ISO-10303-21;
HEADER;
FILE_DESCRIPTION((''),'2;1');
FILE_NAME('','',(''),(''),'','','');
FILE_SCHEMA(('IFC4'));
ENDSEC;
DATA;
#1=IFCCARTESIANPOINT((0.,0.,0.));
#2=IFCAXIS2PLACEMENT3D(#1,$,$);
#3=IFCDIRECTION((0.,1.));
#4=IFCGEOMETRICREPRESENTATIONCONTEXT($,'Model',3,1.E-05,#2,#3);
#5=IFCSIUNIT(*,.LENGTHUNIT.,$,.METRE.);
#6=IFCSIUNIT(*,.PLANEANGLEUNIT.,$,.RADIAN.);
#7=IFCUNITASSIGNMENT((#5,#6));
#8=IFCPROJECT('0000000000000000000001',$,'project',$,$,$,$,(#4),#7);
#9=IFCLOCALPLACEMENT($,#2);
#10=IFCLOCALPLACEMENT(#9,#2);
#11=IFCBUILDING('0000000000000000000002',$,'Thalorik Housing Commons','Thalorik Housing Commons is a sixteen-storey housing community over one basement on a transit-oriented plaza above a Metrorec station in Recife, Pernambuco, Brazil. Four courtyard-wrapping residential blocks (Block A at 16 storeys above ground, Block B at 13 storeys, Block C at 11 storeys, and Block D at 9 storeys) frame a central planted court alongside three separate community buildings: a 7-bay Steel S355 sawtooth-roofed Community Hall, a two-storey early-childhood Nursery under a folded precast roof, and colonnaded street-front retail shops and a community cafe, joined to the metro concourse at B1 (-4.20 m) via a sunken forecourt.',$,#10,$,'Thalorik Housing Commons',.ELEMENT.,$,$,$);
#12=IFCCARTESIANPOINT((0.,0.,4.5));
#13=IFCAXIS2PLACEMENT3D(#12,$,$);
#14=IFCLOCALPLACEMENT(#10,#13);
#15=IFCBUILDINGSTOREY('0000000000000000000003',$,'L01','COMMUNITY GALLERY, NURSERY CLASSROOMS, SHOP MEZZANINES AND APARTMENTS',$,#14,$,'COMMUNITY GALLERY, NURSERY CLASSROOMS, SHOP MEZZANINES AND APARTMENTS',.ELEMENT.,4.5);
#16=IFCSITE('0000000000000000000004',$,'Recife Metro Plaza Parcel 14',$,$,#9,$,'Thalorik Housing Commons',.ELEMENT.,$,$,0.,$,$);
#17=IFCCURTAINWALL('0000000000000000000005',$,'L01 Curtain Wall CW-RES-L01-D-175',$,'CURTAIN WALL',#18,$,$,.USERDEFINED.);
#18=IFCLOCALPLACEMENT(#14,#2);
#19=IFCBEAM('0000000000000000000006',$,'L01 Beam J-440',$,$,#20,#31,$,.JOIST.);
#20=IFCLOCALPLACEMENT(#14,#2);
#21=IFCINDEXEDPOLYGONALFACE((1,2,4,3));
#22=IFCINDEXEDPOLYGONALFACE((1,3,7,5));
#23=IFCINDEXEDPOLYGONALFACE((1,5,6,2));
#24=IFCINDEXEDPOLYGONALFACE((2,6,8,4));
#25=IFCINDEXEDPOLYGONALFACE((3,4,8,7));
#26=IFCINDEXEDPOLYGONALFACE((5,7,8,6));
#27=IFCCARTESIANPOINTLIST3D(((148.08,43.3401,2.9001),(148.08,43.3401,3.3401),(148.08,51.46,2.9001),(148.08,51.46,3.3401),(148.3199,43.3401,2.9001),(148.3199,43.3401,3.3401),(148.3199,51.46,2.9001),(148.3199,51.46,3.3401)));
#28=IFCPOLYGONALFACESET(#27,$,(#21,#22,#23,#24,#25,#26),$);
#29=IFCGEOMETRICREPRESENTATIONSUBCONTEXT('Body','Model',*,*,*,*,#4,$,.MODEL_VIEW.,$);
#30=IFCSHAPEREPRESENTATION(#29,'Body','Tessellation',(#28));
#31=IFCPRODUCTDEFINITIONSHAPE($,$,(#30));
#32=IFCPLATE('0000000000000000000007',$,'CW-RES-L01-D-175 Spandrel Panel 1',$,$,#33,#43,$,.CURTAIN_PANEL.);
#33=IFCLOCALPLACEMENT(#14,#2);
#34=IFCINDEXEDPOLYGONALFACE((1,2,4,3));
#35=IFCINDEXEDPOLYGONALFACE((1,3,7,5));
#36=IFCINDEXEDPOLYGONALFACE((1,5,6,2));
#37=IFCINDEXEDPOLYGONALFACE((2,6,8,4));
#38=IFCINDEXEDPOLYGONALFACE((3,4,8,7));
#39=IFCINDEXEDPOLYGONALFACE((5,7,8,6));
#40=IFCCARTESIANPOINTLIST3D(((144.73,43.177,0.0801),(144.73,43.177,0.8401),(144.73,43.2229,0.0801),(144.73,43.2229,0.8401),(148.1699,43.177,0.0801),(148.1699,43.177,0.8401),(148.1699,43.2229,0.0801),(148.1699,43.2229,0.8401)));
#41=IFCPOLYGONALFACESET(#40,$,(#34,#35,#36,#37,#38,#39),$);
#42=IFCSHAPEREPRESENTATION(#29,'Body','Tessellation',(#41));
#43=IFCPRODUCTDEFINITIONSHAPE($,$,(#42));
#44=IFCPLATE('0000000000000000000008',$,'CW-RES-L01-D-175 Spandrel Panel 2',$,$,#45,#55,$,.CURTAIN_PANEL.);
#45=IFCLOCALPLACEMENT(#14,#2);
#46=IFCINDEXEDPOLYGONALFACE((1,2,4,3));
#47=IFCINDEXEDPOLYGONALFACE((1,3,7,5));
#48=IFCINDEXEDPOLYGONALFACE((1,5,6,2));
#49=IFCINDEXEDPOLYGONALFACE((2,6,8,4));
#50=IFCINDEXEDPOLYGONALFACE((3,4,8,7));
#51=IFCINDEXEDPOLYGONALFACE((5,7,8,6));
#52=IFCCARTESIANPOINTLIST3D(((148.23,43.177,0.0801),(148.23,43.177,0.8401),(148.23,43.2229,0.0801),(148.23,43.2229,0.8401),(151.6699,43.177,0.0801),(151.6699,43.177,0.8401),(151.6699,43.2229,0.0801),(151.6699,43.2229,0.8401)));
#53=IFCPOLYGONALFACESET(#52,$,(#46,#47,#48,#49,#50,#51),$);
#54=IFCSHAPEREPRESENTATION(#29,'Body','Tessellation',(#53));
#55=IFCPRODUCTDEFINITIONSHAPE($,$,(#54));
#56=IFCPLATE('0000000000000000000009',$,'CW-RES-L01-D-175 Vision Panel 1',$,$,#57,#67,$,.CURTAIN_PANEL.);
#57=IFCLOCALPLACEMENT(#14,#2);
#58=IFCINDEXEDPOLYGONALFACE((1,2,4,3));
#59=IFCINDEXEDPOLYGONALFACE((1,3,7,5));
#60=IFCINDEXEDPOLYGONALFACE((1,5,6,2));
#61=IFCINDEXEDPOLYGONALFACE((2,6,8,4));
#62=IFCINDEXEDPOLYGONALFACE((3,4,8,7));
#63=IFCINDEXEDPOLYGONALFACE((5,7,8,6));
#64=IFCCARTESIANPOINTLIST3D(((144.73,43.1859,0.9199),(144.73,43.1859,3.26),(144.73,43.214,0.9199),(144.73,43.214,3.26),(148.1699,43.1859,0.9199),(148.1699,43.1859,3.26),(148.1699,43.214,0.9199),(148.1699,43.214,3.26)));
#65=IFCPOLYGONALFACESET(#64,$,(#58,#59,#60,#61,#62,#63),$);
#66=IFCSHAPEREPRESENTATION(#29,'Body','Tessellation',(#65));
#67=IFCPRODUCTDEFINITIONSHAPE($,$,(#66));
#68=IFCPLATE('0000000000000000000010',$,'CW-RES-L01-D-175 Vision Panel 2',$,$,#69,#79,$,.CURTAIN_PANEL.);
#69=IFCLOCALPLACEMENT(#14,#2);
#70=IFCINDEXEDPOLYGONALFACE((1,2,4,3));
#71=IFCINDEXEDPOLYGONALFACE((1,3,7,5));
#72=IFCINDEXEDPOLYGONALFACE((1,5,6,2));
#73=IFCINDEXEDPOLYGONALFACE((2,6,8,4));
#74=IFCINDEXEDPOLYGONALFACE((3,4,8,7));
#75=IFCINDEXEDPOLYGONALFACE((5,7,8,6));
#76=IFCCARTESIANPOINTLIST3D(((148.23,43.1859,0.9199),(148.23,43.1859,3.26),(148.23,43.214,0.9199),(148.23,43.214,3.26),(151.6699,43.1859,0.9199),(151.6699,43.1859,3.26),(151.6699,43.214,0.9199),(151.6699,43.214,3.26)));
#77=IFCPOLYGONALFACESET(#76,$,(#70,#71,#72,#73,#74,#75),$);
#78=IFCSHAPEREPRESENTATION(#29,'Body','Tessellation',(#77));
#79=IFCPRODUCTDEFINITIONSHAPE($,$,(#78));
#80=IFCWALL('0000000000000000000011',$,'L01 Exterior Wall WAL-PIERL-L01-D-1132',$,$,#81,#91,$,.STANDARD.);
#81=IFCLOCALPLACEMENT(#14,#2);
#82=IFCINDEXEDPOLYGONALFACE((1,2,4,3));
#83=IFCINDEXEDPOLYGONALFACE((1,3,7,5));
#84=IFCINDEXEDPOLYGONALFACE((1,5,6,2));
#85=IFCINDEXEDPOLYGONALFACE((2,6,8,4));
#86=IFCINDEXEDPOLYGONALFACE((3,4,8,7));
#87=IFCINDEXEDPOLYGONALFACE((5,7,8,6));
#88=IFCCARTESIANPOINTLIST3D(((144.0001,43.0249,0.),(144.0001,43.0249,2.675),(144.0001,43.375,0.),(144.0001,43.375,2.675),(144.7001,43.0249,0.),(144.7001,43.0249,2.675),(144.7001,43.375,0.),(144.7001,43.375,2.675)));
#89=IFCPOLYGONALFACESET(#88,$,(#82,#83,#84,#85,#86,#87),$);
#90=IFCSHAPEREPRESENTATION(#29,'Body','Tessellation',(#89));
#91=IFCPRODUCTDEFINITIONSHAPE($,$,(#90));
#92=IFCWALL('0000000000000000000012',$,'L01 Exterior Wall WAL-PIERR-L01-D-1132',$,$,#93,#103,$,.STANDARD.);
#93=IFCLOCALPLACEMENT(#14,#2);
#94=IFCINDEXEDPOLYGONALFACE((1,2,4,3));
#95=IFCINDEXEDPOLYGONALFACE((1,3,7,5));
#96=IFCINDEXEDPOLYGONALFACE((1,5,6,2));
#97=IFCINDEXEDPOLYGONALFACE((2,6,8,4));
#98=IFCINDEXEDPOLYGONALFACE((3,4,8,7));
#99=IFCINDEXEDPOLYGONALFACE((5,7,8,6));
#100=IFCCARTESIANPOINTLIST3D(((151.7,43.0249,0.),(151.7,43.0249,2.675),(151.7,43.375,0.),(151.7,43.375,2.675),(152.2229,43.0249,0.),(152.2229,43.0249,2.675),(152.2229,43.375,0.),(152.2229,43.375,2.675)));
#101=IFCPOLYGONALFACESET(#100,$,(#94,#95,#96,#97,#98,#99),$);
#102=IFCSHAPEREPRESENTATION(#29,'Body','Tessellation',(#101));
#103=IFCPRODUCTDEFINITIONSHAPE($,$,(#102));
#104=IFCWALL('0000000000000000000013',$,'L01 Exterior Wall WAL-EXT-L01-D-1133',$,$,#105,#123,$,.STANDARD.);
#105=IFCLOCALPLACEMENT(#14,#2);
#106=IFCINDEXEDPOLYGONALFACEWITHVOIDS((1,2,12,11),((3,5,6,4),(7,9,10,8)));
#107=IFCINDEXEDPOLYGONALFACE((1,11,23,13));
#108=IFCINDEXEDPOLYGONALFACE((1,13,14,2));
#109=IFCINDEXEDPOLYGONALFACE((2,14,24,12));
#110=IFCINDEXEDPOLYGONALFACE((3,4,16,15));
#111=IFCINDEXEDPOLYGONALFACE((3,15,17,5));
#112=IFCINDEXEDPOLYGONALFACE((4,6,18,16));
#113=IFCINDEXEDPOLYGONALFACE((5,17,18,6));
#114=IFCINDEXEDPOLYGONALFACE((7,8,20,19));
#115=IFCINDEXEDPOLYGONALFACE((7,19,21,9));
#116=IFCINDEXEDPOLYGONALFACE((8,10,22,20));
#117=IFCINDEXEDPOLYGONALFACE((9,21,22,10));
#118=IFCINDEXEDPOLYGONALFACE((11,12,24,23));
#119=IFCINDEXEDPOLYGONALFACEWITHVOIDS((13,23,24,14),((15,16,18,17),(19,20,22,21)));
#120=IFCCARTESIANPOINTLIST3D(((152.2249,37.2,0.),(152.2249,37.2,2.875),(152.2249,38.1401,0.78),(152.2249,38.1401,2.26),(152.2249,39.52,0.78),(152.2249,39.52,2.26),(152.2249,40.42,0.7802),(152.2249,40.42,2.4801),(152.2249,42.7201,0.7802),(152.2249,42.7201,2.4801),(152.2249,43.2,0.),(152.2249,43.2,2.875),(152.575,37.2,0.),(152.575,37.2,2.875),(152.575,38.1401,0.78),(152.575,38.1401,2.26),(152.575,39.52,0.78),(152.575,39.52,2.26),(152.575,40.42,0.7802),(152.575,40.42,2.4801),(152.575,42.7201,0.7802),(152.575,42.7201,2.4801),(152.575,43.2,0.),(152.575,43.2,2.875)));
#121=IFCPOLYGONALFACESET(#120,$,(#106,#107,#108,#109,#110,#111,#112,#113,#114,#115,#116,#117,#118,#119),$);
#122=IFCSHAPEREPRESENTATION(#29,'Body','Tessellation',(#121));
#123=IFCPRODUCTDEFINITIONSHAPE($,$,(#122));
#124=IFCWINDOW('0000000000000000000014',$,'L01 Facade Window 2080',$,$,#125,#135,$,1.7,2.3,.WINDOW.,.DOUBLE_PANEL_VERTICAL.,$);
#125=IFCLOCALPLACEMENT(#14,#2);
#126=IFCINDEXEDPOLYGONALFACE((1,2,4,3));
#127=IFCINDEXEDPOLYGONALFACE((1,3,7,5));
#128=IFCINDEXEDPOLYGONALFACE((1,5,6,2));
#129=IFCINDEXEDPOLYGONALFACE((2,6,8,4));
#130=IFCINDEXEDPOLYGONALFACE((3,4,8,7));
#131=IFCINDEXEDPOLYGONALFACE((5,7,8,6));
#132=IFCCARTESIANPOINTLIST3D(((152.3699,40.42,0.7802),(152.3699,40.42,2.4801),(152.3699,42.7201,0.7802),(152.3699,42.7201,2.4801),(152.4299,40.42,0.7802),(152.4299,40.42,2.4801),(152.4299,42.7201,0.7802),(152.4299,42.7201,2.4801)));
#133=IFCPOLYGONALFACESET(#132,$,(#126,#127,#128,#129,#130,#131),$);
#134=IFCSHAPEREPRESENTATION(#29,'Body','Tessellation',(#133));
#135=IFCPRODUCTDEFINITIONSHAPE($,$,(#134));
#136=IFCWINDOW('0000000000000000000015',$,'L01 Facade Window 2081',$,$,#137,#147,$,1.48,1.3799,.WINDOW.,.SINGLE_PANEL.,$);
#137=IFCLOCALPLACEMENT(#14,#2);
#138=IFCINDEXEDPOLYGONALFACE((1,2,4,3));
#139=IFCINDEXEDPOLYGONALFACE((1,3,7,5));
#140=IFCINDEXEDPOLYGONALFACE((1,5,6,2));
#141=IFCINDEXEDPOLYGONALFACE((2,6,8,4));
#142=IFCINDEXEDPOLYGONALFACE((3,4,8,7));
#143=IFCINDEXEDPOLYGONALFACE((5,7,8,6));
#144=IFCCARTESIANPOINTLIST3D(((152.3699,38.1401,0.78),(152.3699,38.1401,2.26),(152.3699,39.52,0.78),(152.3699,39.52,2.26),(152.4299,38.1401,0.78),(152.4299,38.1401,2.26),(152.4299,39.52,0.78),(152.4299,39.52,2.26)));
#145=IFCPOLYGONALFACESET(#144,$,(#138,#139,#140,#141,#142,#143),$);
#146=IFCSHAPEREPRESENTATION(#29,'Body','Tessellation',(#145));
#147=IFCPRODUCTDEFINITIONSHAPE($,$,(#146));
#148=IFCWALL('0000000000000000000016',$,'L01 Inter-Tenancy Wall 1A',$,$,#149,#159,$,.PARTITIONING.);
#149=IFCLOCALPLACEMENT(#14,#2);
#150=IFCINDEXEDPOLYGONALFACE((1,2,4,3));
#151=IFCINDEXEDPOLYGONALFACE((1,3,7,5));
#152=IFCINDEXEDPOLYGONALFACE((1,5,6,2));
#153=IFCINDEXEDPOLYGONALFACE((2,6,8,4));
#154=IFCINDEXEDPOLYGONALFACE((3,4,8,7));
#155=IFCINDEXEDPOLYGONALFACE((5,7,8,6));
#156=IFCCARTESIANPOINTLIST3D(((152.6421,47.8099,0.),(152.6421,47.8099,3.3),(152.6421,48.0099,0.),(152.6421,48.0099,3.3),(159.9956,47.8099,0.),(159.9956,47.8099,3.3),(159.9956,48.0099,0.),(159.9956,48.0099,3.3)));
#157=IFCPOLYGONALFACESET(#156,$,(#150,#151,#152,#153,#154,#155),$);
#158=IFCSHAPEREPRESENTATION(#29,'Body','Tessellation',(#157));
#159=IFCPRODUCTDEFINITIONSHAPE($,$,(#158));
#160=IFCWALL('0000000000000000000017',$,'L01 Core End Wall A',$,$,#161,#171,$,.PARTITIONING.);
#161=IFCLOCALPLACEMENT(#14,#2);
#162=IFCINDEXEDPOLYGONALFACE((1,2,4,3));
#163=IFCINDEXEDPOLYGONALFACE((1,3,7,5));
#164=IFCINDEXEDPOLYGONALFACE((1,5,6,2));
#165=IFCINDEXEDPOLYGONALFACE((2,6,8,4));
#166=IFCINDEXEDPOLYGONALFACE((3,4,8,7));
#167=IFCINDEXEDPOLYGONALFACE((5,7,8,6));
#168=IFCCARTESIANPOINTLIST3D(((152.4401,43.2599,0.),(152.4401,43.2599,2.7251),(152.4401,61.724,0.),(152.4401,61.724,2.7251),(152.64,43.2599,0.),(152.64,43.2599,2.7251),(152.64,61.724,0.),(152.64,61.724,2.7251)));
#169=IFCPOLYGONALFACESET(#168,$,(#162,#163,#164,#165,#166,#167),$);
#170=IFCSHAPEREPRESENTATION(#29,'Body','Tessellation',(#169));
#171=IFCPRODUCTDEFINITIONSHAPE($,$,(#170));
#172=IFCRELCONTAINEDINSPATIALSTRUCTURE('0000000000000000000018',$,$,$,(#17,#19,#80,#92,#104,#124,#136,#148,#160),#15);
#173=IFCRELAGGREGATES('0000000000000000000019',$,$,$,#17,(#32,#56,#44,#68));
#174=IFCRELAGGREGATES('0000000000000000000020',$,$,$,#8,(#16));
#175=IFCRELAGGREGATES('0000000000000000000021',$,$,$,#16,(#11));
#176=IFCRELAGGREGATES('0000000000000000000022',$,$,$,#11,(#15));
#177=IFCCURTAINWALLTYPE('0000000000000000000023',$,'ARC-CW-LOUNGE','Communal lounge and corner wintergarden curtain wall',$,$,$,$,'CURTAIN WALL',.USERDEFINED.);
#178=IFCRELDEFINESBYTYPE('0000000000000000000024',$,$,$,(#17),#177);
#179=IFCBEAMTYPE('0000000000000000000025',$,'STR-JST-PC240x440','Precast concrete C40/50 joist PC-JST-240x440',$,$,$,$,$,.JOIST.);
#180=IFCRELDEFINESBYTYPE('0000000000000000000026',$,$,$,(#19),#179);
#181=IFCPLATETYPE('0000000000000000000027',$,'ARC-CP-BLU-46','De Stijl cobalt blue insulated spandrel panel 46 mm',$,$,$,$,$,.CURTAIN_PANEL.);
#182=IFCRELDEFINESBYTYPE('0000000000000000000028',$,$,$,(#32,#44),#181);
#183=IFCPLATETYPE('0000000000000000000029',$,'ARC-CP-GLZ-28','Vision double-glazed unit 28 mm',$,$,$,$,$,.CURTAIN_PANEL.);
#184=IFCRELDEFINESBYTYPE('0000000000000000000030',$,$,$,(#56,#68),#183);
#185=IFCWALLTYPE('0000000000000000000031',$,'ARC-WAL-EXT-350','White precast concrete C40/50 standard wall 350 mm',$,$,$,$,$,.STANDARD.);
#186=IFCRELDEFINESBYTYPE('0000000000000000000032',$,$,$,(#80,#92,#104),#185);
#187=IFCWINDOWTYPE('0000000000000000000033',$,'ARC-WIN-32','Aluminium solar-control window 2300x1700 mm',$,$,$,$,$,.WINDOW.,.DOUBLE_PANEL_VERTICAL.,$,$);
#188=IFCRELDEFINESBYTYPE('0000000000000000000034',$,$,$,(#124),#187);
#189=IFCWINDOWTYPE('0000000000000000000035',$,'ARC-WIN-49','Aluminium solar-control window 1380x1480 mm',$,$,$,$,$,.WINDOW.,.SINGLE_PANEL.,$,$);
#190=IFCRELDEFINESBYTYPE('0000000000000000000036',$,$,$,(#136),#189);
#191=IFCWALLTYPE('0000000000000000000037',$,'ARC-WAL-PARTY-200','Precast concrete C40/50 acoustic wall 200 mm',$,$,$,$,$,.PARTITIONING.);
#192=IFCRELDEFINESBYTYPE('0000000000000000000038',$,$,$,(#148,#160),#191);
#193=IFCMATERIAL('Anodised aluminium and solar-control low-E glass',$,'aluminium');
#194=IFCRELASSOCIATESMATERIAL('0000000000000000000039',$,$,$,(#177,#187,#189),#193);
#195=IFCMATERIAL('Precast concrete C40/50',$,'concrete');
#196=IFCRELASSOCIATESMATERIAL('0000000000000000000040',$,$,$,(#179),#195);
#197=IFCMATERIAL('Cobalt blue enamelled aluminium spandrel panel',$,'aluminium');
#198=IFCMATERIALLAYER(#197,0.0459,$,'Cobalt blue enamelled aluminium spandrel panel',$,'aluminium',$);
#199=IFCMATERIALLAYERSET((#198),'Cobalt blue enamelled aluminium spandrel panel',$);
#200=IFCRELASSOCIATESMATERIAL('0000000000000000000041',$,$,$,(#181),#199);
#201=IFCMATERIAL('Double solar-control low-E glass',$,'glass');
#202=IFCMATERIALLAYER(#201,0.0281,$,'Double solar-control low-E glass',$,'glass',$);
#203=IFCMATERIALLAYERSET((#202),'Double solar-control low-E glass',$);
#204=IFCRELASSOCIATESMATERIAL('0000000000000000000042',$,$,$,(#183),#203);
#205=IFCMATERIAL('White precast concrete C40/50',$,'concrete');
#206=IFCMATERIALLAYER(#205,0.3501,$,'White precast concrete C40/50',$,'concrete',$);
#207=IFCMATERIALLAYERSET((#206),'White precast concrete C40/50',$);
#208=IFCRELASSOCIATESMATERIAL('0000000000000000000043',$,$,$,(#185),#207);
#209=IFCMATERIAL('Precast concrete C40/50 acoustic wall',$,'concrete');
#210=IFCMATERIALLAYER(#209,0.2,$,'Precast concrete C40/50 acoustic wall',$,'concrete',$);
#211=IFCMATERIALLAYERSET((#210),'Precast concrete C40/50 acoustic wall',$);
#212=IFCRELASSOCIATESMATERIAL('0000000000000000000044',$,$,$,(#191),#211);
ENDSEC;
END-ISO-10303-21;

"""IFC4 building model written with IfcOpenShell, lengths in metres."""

from ifc_helpers import new_model, si_unit, direction, frame, frame_2d, origin, origin_2d, place, context, subcontext, project, spatial, rectangle, extrude, material, layer, layer_set, material_profile, profile_set, type_object, element, fill, aggregate, save


model = new_model("IFC4")

# Units and contexts
model_context = context("Model", 3, precision=1e-05, world=origin(), true_north=direction((0.0, 1.0)))
body_context = subcontext(model_context, "Body", "Model", "MODEL_VIEW")
ifc_project = project(units=[si_unit("LENGTHUNIT", "METRE"), si_unit("PLANEANGLEUNIT", "RADIAN")], contexts=[model_context])

# Site, building, storey
site_placement = place(None, origin())
site = spatial("IfcSite", under=ifc_project, at=site_placement, Name="Recife Metro Plaza Parcel 14", LongName="Thalorik Housing Commons", CompositionType="ELEMENT", RefElevation=0.0)
building_placement = place(site_placement, origin())
building = spatial("IfcBuilding", under=site, at=building_placement, Name="Thalorik Housing Commons", Description="Thalorik Housing Commons is a sixteen-storey housing community over one basement on a transit-oriented plaza above a Metrorec station in Recife, Pernambuco, Brazil. Four courtyard-wrapping residential blocks (Block A at 16 storeys above ground, Block B at 13 storeys, Block C at 11 storeys, and Block D at 9 storeys) frame a central planted court alongside three separate community buildings: a 7-bay Steel S355 sawtooth-roofed Community Hall, a two-storey early-childhood Nursery under a folded precast roof, and colonnaded street-front retail shops and a community cafe, joined to the metro concourse at B1 (-4.20 m) via a sunken forecourt.", LongName="Thalorik Housing Commons", CompositionType="ELEMENT")
storey_placement = place(building_placement, frame((0.0, 0.0, 4.5)))
storey = spatial("IfcBuildingStorey", under=building, at=storey_placement, Name="L01", Description="COMMUNITY GALLERY, NURSERY CLASSROOMS, SHOP MEZZANINES AND APARTMENTS", LongName="COMMUNITY GALLERY, NURSERY CLASSROOMS, SHOP MEZZANINES AND APARTMENTS", CompositionType="ELEMENT", Elevation=4.5)

# Shared definitions
ifc_material_1 = material(Name="Precast concrete C40/50", Category="concrete")

# Curtain wall
ifc_material_2 = material(Name="Anodised aluminium and solar-control low-E glass", Category="aluminium")
curtain_wall_type = type_object("IfcCurtainWallType", Name="ARC-CW-LOUNGE", Description="Communal lounge and corner wintergarden curtain wall", ElementType="CURTAIN WALL", PredefinedType="USERDEFINED", material=ifc_material_2)
curtain_wall_placement = place(storey_placement, origin())
curtain_wall = element("IfcCurtainWall", 1, at=curtain_wall_placement, inside=storey, type_object=curtain_wall_type, Name="L01 Curtain Wall CW-RES-L01-D-175", ObjectType="CURTAIN WALL", PredefinedType="USERDEFINED")

# Beam
ifc_material_profile_1 = material_profile(ifc_material_1, rectangle(XDim=0.24, YDim=0.4399, at=origin_2d()), Name="PC JST 240x440", Category="concrete")
ifc_profile_set_1 = profile_set([ifc_material_profile_1], Name="Precast concrete C40/50")
beam_type_1 = type_object("IfcBeamType", Name="STR-JST-PC240x440", Description="Precast concrete C40/50 joist PC-JST-240x440", PredefinedType="JOIST", material=ifc_profile_set_1)
beam_1_placement = place(storey_placement, frame((148.2, 43.3401, 3.1201), z_axis=(0.0, 1.0, 0.0), x_axis=(-1.0, 0.0, 0.0)))
element("IfcBeam", 2, at=beam_1_placement, inside=storey, type_object=beam_type_1, Name="L01 Beam J-440", PredefinedType="JOIST", context=body_context, shape_type="SweptSolid", body=[
    extrude(rectangle(XDim=0.24, YDim=0.4399, at=origin_2d()), origin(), (0.0, 0.0, 1.0), 8.1199),
])

# Plates
ifc_material_3 = material(Name="Cobalt blue enamelled aluminium spandrel panel", Category="aluminium")
ifc_layer_1 = layer(ifc_material_3, 0.0459, Name="Cobalt blue enamelled aluminium spandrel panel", Category="aluminium")
ifc_layer_set_1 = layer_set([ifc_layer_1], Name="Cobalt blue enamelled aluminium spandrel panel")
plate_type_1 = type_object("IfcPlateType", Name="ARC-CP-BLU-46", Description="De Stijl cobalt blue insulated spandrel panel 46 mm", PredefinedType="CURTAIN_PANEL", material=ifc_layer_set_1)
plate_1_placement = place(storey_placement, frame((146.45, 43.2, 0.0801), z_axis=(0.0, 0.0, 1.0), x_axis=(1.0, 0.0, 0.0)))
plate_1 = element("IfcPlate", 3, at=plate_1_placement, type_object=plate_type_1, Name="CW-RES-L01-D-175 Spandrel Panel 1", PredefinedType="CURTAIN_PANEL", context=body_context, shape_type="SweptSolid", body=[
    extrude(rectangle(XDim=3.4399, YDim=0.0459, at=origin_2d()), origin(), (0.0, 0.0, 1.0), 0.76),
])
plate_2_placement = place(storey_placement, frame((149.95, 43.2, 0.0801), z_axis=(0.0, 0.0, 1.0), x_axis=(1.0, 0.0, 0.0)))
plate_2 = element("IfcPlate", 4, at=plate_2_placement, type_object=plate_type_1, Name="CW-RES-L01-D-175 Spandrel Panel 2", PredefinedType="CURTAIN_PANEL", context=body_context, shape_type="SweptSolid", body=[
    extrude(rectangle(XDim=3.4399, YDim=0.0459, at=origin_2d()), origin(), (0.0, 0.0, 1.0), 0.76),
])
ifc_material_4 = material(Name="Double solar-control low-E glass", Category="glass")
ifc_layer_2 = layer(ifc_material_4, 0.0281, Name="Double solar-control low-E glass", Category="glass")
ifc_layer_set_2 = layer_set([ifc_layer_2], Name="Double solar-control low-E glass")
plate_type_2 = type_object("IfcPlateType", Name="ARC-CP-GLZ-28", Description="Vision double-glazed unit 28 mm", PredefinedType="CURTAIN_PANEL", material=ifc_layer_set_2)
plate_3_placement = place(storey_placement, frame((146.45, 43.2, 0.9199), z_axis=(0.0, 0.0, 1.0), x_axis=(1.0, 0.0, 0.0)))
plate_3 = element("IfcPlate", 5, at=plate_3_placement, type_object=plate_type_2, Name="CW-RES-L01-D-175 Vision Panel 1", PredefinedType="CURTAIN_PANEL", context=body_context, shape_type="SweptSolid", body=[
    extrude(rectangle(XDim=3.4399, YDim=0.0281, at=origin_2d()), origin(), (0.0, 0.0, 1.0), 2.3401),
])
plate_4_placement = place(storey_placement, frame((149.95, 43.2, 0.9199), z_axis=(0.0, 0.0, 1.0), x_axis=(1.0, 0.0, 0.0)))
plate_4 = element("IfcPlate", 6, at=plate_4_placement, type_object=plate_type_2, Name="CW-RES-L01-D-175 Vision Panel 2", PredefinedType="CURTAIN_PANEL", context=body_context, shape_type="SweptSolid", body=[
    extrude(rectangle(XDim=3.4399, YDim=0.0281, at=origin_2d()), origin(), (0.0, 0.0, 1.0), 2.3401),
])
aggregate(curtain_wall, [plate_1, plate_3, plate_2, plate_4])

# Walls
ifc_material_5 = material(Name="White precast concrete C40/50", Category="concrete")
ifc_layer_3 = layer(ifc_material_5, 0.3501, Name="White precast concrete C40/50", Category="concrete")
ifc_layer_set_3 = layer_set([ifc_layer_3], Name="White precast concrete C40/50")
wall_type_1 = type_object("IfcWallType", Name="ARC-WAL-EXT-350", Description="White precast concrete C40/50 standard wall 350 mm", PredefinedType="STANDARD", material=ifc_layer_set_3)
wall_1_placement = place(storey_placement, frame((144.0, 43.2, 0.0), z_axis=(0.0, 0.0, 1.0), x_axis=(1.0, 0.0, 0.0)))
element("IfcWall", 7, at=wall_1_placement, inside=storey, type_object=wall_type_1, Name="L01 Exterior Wall WAL-PIERL-L01-D-1132", PredefinedType="STANDARD", context=body_context, shape_type="SweptSolid", body=[
    extrude(rectangle(XDim=0.7, YDim=0.3501, at=frame_2d((0.3501, 0.0))), origin(), (0.0, 0.0, 1.0), 2.675),
])
wall_2_placement = place(storey_placement, frame((151.7, 43.2, 0.0), z_axis=(0.0, 0.0, 1.0), x_axis=(1.0, 0.0, 0.0)))
element("IfcWall", 8, at=wall_2_placement, inside=storey, type_object=wall_type_1, Name="L01 Exterior Wall WAL-PIERR-L01-D-1132", PredefinedType="STANDARD", context=body_context, shape_type="SweptSolid", body=[
    extrude(rectangle(XDim=0.5229, YDim=0.3501, at=frame_2d((0.2615, 0.0))), origin(), (0.0, 0.0, 1.0), 2.675),
])

# Wall, openings, windows
wall_3_placement = place(storey_placement, frame((152.3999, 43.2, 0.0), z_axis=(0.0, 0.0, 1.0), x_axis=(0.0, -1.0, 0.0)))
wall_3 = element("IfcWall", 9, at=wall_3_placement, inside=storey, type_object=wall_type_1, Name="L01 Exterior Wall WAL-EXT-L01-D-1133", PredefinedType="STANDARD", context=body_context, shape_type="SweptSolid", body=[
    extrude(rectangle(XDim=6.0, YDim=0.3501, at=frame_2d((3.0, 0.0))), origin(), (0.0, 0.0, 1.0), 2.875),
])
opening_1_placement = place(wall_3_placement, frame((0.48, 0.0, 0.78)))
opening_1 = element("IfcOpeningElement", 10, at=opening_1_placement, cuts=wall_3, PredefinedType="OPENING", context=body_context, shape_type="SweptSolid", body=[
    extrude(rectangle(XDim=2.3, YDim=1.7, at=frame_2d((1.1499, 0.8501))), frame((0.0, 0.1851, 0.0), z_axis=(0.0, -1.0, 0.0), x_axis=(1.0, 0.0, 0.0)), (0.0, 0.0, 1.0), 0.3701),
])
opening_2_placement = place(wall_3_placement, frame((3.6799, 0.0, 0.78)))
opening_2 = element("IfcOpeningElement", 11, at=opening_2_placement, cuts=wall_3, PredefinedType="OPENING", context=body_context, shape_type="SweptSolid", body=[
    extrude(rectangle(XDim=1.3799, YDim=1.48, at=frame_2d((0.6899, 0.74))), frame((0.0, 0.1851, 0.0), z_axis=(0.0, -1.0, 0.0), x_axis=(1.0, 0.0, 0.0)), (0.0, 0.0, 1.0), 0.3701),
])
window_type_1 = type_object("IfcWindowType", Name="ARC-WIN-32", Description="Aluminium solar-control window 2300x1700 mm", PartitioningType="DOUBLE_PANEL_VERTICAL", PredefinedType="WINDOW", material=ifc_material_2)
window_1_placement = place(opening_1_placement, origin())
window_1 = element("IfcWindow", 12, at=window_1_placement, inside=storey, type_object=window_type_1, Name="L01 Facade Window 2080", OverallHeight=1.7, OverallWidth=2.3, PartitioningType="DOUBLE_PANEL_VERTICAL", PredefinedType="WINDOW", context=body_context, shape_type="SweptSolid", body=[
    extrude(rectangle(XDim=2.3, YDim=1.7, at=frame_2d((1.1499, 0.8501))), frame((0.0, 0.03, 0.0), z_axis=(0.0, -1.0, 0.0), x_axis=(1.0, 0.0, 0.0)), (0.0, 0.0, 1.0), 0.0601),
])
fill(opening_1, window_1)
window_type_2 = type_object("IfcWindowType", Name="ARC-WIN-49", Description="Aluminium solar-control window 1380x1480 mm", PartitioningType="SINGLE_PANEL", PredefinedType="WINDOW", material=ifc_material_2)
window_2_placement = place(opening_2_placement, origin())
window_2 = element("IfcWindow", 13, at=window_2_placement, inside=storey, type_object=window_type_2, Name="L01 Facade Window 2081", OverallHeight=1.48, OverallWidth=1.3799, PartitioningType="SINGLE_PANEL", PredefinedType="WINDOW", context=body_context, shape_type="SweptSolid", body=[
    extrude(rectangle(XDim=1.3799, YDim=1.48, at=frame_2d((0.6899, 0.74))), frame((0.0, 0.03, 0.0), z_axis=(0.0, -1.0, 0.0), x_axis=(1.0, 0.0, 0.0)), (0.0, 0.0, 1.0), 0.0601),
])
fill(opening_2, window_2)

# Walls
ifc_material_6 = material(Name="Precast concrete C40/50 acoustic wall", Category="concrete")
ifc_layer_4 = layer(ifc_material_6, 0.2, Name="Precast concrete C40/50 acoustic wall", Category="concrete")
ifc_layer_set_4 = layer_set([ifc_layer_4], Name="Precast concrete C40/50 acoustic wall")
wall_type_2 = type_object("IfcWallType", Name="ARC-WAL-PARTY-200", Description="Precast concrete C40/50 acoustic wall 200 mm", PredefinedType="PARTITIONING", material=ifc_layer_set_4)
wall_4_placement = place(storey_placement, frame((152.6421, 47.9099, 0.0), z_axis=(0.0, 0.0, 1.0), x_axis=(1.0, 0.0, 0.0)))
element("IfcWall", 14, at=wall_4_placement, inside=storey, type_object=wall_type_2, Name="L01 Inter-Tenancy Wall 1A", PredefinedType="PARTITIONING", context=body_context, shape_type="SweptSolid", body=[
    extrude(rectangle(XDim=7.3535, YDim=0.2, at=frame_2d((3.6768, 0.0))), origin(), (0.0, 0.0, 1.0), 3.3),
])
wall_5_placement = place(storey_placement, frame((152.54, 43.26, 0.0), z_axis=(0.0, 0.0, 1.0), x_axis=(0.0, 1.0, 0.0)))
element("IfcWall", 15, at=wall_5_placement, inside=storey, type_object=wall_type_2, Name="L01 Core End Wall A", PredefinedType="PARTITIONING", context=body_context, shape_type="SweptSolid", body=[
    extrude(rectangle(XDim=18.4641, YDim=0.2, at=frame_2d((9.2319, 0.0))), origin(), (0.0, 0.0, 1.0), 2.7251),
])

save(model, "model.ifc")
